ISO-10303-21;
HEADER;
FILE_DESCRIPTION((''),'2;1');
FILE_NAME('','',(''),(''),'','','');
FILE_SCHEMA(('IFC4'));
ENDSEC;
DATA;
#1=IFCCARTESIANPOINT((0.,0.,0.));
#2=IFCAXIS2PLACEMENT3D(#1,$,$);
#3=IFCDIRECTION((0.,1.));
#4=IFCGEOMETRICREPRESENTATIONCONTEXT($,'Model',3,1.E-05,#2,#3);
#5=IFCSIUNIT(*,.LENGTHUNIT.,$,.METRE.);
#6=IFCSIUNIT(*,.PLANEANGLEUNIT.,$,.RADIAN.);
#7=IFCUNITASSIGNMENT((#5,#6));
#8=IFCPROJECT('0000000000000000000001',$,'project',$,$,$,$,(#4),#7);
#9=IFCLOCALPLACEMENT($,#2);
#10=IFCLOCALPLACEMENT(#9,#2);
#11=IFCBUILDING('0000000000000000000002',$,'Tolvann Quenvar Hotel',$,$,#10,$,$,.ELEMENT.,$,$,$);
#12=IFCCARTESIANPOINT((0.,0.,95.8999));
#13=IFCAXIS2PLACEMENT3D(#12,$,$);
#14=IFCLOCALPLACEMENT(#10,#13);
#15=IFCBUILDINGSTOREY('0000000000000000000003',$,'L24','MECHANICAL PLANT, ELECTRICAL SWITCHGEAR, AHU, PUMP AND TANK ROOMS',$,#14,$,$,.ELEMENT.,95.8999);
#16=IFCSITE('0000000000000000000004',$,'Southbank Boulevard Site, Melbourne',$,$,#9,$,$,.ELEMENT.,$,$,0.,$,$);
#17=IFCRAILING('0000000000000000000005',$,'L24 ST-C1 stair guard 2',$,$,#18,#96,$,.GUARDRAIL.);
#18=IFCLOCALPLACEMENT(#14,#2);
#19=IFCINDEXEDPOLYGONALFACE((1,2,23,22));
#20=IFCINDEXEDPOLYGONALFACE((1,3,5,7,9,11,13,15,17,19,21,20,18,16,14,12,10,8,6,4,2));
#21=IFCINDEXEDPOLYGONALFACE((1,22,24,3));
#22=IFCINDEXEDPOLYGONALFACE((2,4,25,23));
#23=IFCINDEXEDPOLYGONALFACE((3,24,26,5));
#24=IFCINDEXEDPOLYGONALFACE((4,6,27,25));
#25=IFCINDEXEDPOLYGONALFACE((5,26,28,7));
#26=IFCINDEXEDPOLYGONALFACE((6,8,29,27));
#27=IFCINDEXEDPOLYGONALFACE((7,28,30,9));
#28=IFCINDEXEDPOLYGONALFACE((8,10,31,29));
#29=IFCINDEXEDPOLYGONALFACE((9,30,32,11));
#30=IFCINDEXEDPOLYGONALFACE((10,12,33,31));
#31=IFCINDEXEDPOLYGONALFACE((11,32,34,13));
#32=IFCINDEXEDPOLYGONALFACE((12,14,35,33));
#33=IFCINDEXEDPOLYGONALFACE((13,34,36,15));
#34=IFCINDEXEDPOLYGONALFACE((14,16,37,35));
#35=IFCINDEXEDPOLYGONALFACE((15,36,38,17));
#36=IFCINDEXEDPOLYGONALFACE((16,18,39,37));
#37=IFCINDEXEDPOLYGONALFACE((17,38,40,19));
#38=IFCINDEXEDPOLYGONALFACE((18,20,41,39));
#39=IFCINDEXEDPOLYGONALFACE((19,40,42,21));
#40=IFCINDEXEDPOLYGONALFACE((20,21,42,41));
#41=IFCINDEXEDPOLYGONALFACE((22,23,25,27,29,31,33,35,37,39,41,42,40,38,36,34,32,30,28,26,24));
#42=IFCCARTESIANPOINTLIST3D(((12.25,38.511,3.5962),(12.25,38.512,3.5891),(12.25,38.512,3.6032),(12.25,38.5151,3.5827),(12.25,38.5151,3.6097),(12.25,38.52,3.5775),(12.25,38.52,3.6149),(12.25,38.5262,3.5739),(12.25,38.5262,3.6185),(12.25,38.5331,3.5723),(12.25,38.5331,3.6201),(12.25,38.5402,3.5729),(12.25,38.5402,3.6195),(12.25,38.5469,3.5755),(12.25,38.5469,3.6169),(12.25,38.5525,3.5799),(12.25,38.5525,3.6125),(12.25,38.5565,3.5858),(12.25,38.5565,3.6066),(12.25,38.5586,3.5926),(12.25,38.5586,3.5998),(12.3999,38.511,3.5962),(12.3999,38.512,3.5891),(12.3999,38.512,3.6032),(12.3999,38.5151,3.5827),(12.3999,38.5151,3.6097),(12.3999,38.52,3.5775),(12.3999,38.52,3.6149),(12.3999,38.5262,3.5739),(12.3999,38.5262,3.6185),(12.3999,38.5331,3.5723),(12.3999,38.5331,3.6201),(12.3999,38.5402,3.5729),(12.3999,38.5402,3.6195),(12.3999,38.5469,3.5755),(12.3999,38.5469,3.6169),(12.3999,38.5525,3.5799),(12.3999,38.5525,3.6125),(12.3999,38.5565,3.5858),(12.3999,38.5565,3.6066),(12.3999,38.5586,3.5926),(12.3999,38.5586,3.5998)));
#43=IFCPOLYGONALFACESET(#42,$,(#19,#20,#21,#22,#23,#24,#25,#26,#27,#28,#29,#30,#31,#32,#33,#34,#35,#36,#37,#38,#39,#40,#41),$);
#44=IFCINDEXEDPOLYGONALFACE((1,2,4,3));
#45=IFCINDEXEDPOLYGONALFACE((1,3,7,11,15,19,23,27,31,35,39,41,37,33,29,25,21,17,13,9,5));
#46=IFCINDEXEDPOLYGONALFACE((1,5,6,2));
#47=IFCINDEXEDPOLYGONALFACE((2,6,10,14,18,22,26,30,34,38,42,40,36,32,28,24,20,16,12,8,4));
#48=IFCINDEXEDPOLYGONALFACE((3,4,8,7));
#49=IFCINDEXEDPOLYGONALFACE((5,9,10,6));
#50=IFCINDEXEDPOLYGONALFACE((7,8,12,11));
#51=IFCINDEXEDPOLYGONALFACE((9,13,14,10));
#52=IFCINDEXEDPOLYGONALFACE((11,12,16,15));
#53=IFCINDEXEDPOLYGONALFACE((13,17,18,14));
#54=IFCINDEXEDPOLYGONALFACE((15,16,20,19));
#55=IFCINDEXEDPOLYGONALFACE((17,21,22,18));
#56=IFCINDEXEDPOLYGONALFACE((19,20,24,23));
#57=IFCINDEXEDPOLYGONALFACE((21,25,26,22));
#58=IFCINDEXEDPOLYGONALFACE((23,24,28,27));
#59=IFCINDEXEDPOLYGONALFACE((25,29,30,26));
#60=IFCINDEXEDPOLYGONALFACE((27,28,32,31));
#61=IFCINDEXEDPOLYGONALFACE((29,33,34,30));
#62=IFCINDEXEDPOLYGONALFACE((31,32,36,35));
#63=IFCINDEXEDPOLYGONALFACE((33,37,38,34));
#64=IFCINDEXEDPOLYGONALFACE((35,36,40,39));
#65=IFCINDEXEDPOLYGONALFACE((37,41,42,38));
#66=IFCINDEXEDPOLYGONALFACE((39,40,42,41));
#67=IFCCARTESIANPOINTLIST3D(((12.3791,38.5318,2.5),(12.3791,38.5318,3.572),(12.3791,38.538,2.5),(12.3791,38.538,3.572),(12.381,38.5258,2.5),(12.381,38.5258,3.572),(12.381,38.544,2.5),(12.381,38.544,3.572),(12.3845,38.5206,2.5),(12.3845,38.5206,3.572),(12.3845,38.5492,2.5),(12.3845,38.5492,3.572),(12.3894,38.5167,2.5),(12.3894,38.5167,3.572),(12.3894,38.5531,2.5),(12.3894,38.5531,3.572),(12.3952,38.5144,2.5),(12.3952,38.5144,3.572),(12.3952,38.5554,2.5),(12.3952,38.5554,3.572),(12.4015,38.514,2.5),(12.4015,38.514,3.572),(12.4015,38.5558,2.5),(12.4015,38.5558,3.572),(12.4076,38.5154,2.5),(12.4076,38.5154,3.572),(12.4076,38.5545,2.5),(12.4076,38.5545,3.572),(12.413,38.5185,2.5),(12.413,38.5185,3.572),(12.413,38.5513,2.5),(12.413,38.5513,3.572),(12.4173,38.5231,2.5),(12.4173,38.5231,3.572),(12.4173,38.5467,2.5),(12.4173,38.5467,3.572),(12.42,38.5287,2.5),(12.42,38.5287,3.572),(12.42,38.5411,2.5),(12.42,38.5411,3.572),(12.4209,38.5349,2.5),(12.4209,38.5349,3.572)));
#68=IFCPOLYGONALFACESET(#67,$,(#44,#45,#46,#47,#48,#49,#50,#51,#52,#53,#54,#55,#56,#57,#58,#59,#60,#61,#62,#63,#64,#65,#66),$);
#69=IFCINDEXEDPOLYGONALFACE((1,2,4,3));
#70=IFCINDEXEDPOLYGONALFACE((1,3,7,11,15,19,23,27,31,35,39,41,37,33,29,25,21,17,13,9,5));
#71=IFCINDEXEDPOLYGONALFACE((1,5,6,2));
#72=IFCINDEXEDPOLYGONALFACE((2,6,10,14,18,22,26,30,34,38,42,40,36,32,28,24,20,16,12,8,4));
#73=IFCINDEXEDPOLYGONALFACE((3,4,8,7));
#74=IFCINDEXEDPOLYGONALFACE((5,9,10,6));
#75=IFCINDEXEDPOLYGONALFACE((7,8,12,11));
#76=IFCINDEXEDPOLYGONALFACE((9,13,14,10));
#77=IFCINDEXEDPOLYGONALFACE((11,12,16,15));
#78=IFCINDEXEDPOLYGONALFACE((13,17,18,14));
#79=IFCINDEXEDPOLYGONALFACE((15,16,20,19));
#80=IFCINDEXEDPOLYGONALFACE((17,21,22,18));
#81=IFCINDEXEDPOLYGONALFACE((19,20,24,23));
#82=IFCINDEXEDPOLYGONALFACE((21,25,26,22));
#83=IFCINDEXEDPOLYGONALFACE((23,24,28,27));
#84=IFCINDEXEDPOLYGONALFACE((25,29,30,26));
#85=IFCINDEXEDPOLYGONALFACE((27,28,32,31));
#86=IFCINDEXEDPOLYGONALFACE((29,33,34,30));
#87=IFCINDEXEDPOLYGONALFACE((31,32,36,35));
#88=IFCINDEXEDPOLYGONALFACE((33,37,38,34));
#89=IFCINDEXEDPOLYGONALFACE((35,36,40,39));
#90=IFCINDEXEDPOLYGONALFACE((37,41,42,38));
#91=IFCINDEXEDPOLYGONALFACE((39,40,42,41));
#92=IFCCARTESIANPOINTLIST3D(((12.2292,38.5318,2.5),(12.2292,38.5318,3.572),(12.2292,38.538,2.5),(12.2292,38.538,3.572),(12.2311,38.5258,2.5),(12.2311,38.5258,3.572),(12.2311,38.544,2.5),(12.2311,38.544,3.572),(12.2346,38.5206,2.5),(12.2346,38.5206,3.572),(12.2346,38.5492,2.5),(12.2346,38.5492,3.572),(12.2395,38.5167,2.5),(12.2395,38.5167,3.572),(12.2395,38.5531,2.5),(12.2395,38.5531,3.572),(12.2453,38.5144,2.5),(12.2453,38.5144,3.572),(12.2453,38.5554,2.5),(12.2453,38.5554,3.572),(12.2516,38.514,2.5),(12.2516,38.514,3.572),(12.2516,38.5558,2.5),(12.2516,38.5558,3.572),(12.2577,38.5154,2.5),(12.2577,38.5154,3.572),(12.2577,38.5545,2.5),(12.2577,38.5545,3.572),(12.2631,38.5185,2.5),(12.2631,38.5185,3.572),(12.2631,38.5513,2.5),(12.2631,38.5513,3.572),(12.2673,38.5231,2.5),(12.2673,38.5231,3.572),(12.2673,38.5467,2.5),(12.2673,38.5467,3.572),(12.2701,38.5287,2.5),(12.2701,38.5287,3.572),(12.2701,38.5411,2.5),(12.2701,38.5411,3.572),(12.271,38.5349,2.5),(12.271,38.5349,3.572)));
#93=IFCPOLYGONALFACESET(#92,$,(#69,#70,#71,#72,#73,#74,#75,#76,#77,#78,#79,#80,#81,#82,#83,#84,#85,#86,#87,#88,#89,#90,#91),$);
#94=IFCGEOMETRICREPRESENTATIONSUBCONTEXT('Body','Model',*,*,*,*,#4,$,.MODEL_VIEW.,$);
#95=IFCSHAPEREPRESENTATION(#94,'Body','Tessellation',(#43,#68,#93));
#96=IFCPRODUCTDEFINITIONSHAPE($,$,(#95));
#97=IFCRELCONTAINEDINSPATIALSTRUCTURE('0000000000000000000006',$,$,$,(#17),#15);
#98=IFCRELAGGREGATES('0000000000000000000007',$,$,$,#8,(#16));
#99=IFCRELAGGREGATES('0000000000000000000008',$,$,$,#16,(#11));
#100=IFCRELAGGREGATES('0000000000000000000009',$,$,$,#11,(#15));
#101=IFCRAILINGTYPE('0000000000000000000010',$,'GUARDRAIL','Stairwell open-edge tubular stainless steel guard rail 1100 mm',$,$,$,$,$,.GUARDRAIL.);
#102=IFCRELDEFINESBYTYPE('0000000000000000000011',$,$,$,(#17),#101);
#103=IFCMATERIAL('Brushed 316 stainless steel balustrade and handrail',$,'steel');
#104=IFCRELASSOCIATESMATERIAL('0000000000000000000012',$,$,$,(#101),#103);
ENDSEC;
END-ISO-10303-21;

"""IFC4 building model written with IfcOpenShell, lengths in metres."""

from ifc_helpers import new_model, si_unit, direction, frame, origin, origin_2d, place, context, subcontext, project, spatial, circle, extrude, material, type_object, element, save


model = new_model("IFC4")

# Units and contexts
model_context = context("Model", 3, precision=1e-05, world=origin(), true_north=direction((0.0, 1.0)))
body_context = subcontext(model_context, "Body", "Model", "MODEL_VIEW")
ifc_project = project(units=[si_unit("LENGTHUNIT", "METRE"), si_unit("PLANEANGLEUNIT", "RADIAN")], contexts=[model_context])

# Site, building, storey
site_placement = place(None, origin())
site = spatial("IfcSite", under=ifc_project, at=site_placement, Name="Southbank Boulevard Site, Melbourne", CompositionType="ELEMENT", RefElevation=0.0)
building_placement = place(site_placement, origin())
building = spatial("IfcBuilding", under=site, at=building_placement, Name="Tolvann Quenvar Hotel", CompositionType="ELEMENT")
storey_placement = place(building_placement, frame((0.0, 0.0, 95.8999)))
storey = spatial("IfcBuildingStorey", under=building, at=storey_placement, Name="L24", Description="MECHANICAL PLANT, ELECTRICAL SWITCHGEAR, AHU, PUMP AND TANK ROOMS", CompositionType="ELEMENT", Elevation=95.8999)

# Railing
ifc_material_1 = material(Name="Brushed 316 stainless steel balustrade and handrail", Category="steel")
railing_type_1 = type_object("IfcRailingType", Name="GUARDRAIL", Description="Stairwell open-edge tubular stainless steel guard rail 1100 mm", PredefinedType="GUARDRAIL", material=ifc_material_1)
railing_1_placement = place(storey_placement, frame((12.3999, 38.5349, 2.5)))
element("IfcRailing", 1, at=railing_1_placement, inside=storey, type_object=railing_type_1, Name="L24 ST-C1 stair guard 2", PredefinedType="GUARDRAIL", context=body_context, shape_type="SweptSolid", body=[
    extrude(circle(Radius=0.0239, at=origin_2d()), frame((0.0, 0.0, 1.0962), z_axis=(-1.0, 0.0, 0.0), x_axis=(0.0, -1.0, 0.0)), (0.0, 0.0, 1.0), 0.1499),
    extrude(circle(Radius=0.021, at=origin_2d()), origin(), (0.0, 0.0, 1.0), 1.072),
    extrude(circle(Radius=0.021, at=origin_2d()), frame((-0.1499, 0.0, 0.0)), (0.0, 0.0, 1.0), 1.072),
])

save(model, "model.ifc")
